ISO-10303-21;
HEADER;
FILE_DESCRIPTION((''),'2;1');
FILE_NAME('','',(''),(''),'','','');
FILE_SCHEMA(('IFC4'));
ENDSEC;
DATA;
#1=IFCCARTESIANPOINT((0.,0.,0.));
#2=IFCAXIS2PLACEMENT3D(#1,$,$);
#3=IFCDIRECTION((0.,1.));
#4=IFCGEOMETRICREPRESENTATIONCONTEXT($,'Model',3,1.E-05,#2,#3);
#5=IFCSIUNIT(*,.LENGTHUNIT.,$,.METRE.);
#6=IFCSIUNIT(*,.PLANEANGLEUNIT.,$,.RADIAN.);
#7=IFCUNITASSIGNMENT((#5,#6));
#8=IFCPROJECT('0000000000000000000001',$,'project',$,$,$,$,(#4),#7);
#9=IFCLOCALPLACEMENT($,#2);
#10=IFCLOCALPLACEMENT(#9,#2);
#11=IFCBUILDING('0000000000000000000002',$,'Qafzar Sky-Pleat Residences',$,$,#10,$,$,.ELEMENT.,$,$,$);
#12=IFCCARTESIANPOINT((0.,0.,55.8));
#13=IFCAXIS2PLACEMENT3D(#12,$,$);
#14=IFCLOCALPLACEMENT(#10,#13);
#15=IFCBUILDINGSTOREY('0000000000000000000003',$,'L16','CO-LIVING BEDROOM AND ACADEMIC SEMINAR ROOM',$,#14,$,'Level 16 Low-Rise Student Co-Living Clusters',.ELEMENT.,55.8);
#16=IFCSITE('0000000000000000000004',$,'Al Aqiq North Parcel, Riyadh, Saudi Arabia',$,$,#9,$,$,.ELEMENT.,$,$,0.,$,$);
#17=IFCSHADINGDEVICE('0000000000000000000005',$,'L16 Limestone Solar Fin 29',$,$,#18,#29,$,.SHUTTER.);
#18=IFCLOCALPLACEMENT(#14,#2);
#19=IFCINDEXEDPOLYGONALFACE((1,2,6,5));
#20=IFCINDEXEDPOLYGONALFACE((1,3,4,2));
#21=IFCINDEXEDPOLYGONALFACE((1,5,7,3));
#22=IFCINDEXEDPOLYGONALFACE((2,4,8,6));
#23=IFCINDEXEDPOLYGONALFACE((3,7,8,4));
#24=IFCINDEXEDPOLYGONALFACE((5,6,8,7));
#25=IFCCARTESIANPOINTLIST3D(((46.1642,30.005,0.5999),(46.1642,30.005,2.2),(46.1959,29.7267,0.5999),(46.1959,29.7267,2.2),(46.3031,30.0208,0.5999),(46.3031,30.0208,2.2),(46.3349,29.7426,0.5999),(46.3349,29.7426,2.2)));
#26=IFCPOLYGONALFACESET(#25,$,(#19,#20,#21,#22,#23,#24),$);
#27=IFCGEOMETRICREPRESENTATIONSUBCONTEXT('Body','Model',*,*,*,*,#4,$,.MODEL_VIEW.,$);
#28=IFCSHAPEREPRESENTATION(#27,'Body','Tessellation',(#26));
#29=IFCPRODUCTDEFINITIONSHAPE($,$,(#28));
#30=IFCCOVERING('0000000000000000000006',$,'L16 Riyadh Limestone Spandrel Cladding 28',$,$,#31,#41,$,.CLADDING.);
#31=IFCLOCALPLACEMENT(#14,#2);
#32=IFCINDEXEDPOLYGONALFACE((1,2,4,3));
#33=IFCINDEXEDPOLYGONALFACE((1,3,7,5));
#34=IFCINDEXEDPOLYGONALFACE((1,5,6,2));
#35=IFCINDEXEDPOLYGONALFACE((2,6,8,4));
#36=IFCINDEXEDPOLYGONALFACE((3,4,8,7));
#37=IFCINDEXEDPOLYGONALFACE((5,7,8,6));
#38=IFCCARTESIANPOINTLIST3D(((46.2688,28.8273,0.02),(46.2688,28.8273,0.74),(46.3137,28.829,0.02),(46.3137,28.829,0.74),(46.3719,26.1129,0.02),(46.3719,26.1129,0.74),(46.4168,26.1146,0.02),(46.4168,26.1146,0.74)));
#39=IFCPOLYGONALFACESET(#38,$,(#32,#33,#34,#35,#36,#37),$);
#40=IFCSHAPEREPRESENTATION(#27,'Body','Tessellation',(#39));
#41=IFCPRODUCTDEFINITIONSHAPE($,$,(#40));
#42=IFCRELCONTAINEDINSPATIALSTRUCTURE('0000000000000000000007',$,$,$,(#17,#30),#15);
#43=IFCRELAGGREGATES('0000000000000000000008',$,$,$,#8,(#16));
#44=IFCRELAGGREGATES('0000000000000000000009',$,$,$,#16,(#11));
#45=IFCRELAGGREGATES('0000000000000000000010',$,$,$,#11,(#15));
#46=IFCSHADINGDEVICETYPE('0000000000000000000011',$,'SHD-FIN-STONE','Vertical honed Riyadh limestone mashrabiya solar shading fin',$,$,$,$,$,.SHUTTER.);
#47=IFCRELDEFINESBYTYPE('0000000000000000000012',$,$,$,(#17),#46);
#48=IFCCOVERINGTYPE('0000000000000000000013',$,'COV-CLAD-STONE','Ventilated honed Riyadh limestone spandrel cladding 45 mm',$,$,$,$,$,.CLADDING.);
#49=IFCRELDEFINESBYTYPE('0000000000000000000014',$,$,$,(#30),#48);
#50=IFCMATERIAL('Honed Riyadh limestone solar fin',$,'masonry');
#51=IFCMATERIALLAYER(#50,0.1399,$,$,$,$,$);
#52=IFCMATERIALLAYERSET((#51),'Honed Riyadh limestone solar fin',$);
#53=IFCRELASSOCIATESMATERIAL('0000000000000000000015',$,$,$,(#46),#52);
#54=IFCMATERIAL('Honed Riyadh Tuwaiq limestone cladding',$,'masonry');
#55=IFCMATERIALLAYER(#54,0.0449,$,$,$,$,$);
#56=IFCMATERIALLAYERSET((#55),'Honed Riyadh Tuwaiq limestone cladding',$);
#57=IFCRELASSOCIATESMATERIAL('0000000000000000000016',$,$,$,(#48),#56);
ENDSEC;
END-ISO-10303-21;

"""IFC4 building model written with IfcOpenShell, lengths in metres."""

from ifc_helpers import new_model, si_unit, direction, frame, origin, origin_2d, place, context, subcontext, project, spatial, rectangle, extrude, source, transform, mapped, material, layer, layer_set, type_object, element, save


model = new_model("IFC4")

# Units and contexts
model_context = context("Model", 3, precision=1e-05, world=origin(), true_north=direction((0.0, 1.0)))
body_context = subcontext(model_context, "Body", "Model", "MODEL_VIEW")
ifc_project = project(units=[si_unit("LENGTHUNIT", "METRE"), si_unit("PLANEANGLEUNIT", "RADIAN")], contexts=[model_context])

# Site, building, storey
site_placement = place(None, origin())
site = spatial("IfcSite", under=ifc_project, at=site_placement, Name="Al Aqiq North Parcel, Riyadh, Saudi Arabia", CompositionType="ELEMENT", RefElevation=0.0)
building_placement = place(site_placement, origin())
building = spatial("IfcBuilding", under=site, at=building_placement, Name="Qafzar Sky-Pleat Residences", CompositionType="ELEMENT")
storey_placement = place(building_placement, frame((0.0, 0.0, 55.8)))
storey = spatial("IfcBuildingStorey", under=building, at=storey_placement, Name="L16", Description="CO-LIVING BEDROOM AND ACADEMIC SEMINAR ROOM", LongName="Level 16 Low-Rise Student Co-Living Clusters", CompositionType="ELEMENT", Elevation=55.8)

# Shading device
ifc_material_1 = material(Name="Honed Riyadh limestone solar fin", Category="masonry")
ifc_layer_1 = layer(ifc_material_1, 0.1399)
ifc_layer_set_1 = layer_set([ifc_layer_1], Name="Honed Riyadh limestone solar fin")
shading_device_type = type_object("IfcShadingDeviceType", Name="SHD-FIN-STONE", Description="Vertical honed Riyadh limestone mashrabiya solar shading fin", PredefinedType="SHUTTER", material=ifc_layer_set_1)
shared_shape_1 = source(origin(), body_context, "Body", "SweptSolid", [
    extrude(rectangle(XDim=0.1399, YDim=0.28, at=origin_2d()), origin(), (0.0, 0.0, 1.0), 1.6001),
])
shading_device_placement = place(storey_placement, frame((46.2495, 29.8738, 0.5999), z_axis=(0.0, 0.0, 1.0), x_axis=(0.993564, 0.113272, 0.0)))
element("IfcShadingDevice", 1, at=shading_device_placement, inside=storey, type_object=shading_device_type, Name="L16 Limestone Solar Fin 29", PredefinedType="SHUTTER", context=body_context, shape_type="MappedRepresentation", body=[
    mapped(shared_shape_1, transform((0.0, 0.0, 0.0), x_axis=(1.0, 0.0, 0.0), y_axis=(0.0, 1.0, 0.0), z_axis=(0.0, 0.0, 1.0), scale=1.0)),
])

# Covering
ifc_material_2 = material(Name="Honed Riyadh Tuwaiq limestone cladding", Category="masonry")
ifc_layer_2 = layer(ifc_material_2, 0.0449)
ifc_layer_set_2 = layer_set([ifc_layer_2], Name="Honed Riyadh Tuwaiq limestone cladding")
covering_type = type_object("IfcCoveringType", Name="COV-CLAD-STONE", Description="Ventilated honed Riyadh limestone spandrel cladding 45 mm", PredefinedType="CLADDING", material=ifc_layer_set_2)
shared_shape_2 = source(origin(), body_context, "Body", "SweptSolid", [
    extrude(rectangle(XDim=2.7163, YDim=0.0449, at=origin_2d()), origin(), (0.0, 0.0, 1.0), 0.72),
])
covering_placement = place(storey_placement, frame((46.3428, 27.4709, 0.02), z_axis=(0.0, 0.0, 1.0), x_axis=(-0.037969, 0.999279, 0.0)))
element("IfcCovering", 2, at=covering_placement, inside=storey, type_object=covering_type, Name="L16 Riyadh Limestone Spandrel Cladding 28", PredefinedType="CLADDING", context=body_context, shape_type="MappedRepresentation", body=[
    mapped(shared_shape_2, transform((0.0, 0.0, 0.0), x_axis=(1.0, 0.0, 0.0), y_axis=(0.0, 1.0, 0.0), z_axis=(0.0, 0.0, 1.0), scale=1.0)),
])

save(model, "model.ifc")
